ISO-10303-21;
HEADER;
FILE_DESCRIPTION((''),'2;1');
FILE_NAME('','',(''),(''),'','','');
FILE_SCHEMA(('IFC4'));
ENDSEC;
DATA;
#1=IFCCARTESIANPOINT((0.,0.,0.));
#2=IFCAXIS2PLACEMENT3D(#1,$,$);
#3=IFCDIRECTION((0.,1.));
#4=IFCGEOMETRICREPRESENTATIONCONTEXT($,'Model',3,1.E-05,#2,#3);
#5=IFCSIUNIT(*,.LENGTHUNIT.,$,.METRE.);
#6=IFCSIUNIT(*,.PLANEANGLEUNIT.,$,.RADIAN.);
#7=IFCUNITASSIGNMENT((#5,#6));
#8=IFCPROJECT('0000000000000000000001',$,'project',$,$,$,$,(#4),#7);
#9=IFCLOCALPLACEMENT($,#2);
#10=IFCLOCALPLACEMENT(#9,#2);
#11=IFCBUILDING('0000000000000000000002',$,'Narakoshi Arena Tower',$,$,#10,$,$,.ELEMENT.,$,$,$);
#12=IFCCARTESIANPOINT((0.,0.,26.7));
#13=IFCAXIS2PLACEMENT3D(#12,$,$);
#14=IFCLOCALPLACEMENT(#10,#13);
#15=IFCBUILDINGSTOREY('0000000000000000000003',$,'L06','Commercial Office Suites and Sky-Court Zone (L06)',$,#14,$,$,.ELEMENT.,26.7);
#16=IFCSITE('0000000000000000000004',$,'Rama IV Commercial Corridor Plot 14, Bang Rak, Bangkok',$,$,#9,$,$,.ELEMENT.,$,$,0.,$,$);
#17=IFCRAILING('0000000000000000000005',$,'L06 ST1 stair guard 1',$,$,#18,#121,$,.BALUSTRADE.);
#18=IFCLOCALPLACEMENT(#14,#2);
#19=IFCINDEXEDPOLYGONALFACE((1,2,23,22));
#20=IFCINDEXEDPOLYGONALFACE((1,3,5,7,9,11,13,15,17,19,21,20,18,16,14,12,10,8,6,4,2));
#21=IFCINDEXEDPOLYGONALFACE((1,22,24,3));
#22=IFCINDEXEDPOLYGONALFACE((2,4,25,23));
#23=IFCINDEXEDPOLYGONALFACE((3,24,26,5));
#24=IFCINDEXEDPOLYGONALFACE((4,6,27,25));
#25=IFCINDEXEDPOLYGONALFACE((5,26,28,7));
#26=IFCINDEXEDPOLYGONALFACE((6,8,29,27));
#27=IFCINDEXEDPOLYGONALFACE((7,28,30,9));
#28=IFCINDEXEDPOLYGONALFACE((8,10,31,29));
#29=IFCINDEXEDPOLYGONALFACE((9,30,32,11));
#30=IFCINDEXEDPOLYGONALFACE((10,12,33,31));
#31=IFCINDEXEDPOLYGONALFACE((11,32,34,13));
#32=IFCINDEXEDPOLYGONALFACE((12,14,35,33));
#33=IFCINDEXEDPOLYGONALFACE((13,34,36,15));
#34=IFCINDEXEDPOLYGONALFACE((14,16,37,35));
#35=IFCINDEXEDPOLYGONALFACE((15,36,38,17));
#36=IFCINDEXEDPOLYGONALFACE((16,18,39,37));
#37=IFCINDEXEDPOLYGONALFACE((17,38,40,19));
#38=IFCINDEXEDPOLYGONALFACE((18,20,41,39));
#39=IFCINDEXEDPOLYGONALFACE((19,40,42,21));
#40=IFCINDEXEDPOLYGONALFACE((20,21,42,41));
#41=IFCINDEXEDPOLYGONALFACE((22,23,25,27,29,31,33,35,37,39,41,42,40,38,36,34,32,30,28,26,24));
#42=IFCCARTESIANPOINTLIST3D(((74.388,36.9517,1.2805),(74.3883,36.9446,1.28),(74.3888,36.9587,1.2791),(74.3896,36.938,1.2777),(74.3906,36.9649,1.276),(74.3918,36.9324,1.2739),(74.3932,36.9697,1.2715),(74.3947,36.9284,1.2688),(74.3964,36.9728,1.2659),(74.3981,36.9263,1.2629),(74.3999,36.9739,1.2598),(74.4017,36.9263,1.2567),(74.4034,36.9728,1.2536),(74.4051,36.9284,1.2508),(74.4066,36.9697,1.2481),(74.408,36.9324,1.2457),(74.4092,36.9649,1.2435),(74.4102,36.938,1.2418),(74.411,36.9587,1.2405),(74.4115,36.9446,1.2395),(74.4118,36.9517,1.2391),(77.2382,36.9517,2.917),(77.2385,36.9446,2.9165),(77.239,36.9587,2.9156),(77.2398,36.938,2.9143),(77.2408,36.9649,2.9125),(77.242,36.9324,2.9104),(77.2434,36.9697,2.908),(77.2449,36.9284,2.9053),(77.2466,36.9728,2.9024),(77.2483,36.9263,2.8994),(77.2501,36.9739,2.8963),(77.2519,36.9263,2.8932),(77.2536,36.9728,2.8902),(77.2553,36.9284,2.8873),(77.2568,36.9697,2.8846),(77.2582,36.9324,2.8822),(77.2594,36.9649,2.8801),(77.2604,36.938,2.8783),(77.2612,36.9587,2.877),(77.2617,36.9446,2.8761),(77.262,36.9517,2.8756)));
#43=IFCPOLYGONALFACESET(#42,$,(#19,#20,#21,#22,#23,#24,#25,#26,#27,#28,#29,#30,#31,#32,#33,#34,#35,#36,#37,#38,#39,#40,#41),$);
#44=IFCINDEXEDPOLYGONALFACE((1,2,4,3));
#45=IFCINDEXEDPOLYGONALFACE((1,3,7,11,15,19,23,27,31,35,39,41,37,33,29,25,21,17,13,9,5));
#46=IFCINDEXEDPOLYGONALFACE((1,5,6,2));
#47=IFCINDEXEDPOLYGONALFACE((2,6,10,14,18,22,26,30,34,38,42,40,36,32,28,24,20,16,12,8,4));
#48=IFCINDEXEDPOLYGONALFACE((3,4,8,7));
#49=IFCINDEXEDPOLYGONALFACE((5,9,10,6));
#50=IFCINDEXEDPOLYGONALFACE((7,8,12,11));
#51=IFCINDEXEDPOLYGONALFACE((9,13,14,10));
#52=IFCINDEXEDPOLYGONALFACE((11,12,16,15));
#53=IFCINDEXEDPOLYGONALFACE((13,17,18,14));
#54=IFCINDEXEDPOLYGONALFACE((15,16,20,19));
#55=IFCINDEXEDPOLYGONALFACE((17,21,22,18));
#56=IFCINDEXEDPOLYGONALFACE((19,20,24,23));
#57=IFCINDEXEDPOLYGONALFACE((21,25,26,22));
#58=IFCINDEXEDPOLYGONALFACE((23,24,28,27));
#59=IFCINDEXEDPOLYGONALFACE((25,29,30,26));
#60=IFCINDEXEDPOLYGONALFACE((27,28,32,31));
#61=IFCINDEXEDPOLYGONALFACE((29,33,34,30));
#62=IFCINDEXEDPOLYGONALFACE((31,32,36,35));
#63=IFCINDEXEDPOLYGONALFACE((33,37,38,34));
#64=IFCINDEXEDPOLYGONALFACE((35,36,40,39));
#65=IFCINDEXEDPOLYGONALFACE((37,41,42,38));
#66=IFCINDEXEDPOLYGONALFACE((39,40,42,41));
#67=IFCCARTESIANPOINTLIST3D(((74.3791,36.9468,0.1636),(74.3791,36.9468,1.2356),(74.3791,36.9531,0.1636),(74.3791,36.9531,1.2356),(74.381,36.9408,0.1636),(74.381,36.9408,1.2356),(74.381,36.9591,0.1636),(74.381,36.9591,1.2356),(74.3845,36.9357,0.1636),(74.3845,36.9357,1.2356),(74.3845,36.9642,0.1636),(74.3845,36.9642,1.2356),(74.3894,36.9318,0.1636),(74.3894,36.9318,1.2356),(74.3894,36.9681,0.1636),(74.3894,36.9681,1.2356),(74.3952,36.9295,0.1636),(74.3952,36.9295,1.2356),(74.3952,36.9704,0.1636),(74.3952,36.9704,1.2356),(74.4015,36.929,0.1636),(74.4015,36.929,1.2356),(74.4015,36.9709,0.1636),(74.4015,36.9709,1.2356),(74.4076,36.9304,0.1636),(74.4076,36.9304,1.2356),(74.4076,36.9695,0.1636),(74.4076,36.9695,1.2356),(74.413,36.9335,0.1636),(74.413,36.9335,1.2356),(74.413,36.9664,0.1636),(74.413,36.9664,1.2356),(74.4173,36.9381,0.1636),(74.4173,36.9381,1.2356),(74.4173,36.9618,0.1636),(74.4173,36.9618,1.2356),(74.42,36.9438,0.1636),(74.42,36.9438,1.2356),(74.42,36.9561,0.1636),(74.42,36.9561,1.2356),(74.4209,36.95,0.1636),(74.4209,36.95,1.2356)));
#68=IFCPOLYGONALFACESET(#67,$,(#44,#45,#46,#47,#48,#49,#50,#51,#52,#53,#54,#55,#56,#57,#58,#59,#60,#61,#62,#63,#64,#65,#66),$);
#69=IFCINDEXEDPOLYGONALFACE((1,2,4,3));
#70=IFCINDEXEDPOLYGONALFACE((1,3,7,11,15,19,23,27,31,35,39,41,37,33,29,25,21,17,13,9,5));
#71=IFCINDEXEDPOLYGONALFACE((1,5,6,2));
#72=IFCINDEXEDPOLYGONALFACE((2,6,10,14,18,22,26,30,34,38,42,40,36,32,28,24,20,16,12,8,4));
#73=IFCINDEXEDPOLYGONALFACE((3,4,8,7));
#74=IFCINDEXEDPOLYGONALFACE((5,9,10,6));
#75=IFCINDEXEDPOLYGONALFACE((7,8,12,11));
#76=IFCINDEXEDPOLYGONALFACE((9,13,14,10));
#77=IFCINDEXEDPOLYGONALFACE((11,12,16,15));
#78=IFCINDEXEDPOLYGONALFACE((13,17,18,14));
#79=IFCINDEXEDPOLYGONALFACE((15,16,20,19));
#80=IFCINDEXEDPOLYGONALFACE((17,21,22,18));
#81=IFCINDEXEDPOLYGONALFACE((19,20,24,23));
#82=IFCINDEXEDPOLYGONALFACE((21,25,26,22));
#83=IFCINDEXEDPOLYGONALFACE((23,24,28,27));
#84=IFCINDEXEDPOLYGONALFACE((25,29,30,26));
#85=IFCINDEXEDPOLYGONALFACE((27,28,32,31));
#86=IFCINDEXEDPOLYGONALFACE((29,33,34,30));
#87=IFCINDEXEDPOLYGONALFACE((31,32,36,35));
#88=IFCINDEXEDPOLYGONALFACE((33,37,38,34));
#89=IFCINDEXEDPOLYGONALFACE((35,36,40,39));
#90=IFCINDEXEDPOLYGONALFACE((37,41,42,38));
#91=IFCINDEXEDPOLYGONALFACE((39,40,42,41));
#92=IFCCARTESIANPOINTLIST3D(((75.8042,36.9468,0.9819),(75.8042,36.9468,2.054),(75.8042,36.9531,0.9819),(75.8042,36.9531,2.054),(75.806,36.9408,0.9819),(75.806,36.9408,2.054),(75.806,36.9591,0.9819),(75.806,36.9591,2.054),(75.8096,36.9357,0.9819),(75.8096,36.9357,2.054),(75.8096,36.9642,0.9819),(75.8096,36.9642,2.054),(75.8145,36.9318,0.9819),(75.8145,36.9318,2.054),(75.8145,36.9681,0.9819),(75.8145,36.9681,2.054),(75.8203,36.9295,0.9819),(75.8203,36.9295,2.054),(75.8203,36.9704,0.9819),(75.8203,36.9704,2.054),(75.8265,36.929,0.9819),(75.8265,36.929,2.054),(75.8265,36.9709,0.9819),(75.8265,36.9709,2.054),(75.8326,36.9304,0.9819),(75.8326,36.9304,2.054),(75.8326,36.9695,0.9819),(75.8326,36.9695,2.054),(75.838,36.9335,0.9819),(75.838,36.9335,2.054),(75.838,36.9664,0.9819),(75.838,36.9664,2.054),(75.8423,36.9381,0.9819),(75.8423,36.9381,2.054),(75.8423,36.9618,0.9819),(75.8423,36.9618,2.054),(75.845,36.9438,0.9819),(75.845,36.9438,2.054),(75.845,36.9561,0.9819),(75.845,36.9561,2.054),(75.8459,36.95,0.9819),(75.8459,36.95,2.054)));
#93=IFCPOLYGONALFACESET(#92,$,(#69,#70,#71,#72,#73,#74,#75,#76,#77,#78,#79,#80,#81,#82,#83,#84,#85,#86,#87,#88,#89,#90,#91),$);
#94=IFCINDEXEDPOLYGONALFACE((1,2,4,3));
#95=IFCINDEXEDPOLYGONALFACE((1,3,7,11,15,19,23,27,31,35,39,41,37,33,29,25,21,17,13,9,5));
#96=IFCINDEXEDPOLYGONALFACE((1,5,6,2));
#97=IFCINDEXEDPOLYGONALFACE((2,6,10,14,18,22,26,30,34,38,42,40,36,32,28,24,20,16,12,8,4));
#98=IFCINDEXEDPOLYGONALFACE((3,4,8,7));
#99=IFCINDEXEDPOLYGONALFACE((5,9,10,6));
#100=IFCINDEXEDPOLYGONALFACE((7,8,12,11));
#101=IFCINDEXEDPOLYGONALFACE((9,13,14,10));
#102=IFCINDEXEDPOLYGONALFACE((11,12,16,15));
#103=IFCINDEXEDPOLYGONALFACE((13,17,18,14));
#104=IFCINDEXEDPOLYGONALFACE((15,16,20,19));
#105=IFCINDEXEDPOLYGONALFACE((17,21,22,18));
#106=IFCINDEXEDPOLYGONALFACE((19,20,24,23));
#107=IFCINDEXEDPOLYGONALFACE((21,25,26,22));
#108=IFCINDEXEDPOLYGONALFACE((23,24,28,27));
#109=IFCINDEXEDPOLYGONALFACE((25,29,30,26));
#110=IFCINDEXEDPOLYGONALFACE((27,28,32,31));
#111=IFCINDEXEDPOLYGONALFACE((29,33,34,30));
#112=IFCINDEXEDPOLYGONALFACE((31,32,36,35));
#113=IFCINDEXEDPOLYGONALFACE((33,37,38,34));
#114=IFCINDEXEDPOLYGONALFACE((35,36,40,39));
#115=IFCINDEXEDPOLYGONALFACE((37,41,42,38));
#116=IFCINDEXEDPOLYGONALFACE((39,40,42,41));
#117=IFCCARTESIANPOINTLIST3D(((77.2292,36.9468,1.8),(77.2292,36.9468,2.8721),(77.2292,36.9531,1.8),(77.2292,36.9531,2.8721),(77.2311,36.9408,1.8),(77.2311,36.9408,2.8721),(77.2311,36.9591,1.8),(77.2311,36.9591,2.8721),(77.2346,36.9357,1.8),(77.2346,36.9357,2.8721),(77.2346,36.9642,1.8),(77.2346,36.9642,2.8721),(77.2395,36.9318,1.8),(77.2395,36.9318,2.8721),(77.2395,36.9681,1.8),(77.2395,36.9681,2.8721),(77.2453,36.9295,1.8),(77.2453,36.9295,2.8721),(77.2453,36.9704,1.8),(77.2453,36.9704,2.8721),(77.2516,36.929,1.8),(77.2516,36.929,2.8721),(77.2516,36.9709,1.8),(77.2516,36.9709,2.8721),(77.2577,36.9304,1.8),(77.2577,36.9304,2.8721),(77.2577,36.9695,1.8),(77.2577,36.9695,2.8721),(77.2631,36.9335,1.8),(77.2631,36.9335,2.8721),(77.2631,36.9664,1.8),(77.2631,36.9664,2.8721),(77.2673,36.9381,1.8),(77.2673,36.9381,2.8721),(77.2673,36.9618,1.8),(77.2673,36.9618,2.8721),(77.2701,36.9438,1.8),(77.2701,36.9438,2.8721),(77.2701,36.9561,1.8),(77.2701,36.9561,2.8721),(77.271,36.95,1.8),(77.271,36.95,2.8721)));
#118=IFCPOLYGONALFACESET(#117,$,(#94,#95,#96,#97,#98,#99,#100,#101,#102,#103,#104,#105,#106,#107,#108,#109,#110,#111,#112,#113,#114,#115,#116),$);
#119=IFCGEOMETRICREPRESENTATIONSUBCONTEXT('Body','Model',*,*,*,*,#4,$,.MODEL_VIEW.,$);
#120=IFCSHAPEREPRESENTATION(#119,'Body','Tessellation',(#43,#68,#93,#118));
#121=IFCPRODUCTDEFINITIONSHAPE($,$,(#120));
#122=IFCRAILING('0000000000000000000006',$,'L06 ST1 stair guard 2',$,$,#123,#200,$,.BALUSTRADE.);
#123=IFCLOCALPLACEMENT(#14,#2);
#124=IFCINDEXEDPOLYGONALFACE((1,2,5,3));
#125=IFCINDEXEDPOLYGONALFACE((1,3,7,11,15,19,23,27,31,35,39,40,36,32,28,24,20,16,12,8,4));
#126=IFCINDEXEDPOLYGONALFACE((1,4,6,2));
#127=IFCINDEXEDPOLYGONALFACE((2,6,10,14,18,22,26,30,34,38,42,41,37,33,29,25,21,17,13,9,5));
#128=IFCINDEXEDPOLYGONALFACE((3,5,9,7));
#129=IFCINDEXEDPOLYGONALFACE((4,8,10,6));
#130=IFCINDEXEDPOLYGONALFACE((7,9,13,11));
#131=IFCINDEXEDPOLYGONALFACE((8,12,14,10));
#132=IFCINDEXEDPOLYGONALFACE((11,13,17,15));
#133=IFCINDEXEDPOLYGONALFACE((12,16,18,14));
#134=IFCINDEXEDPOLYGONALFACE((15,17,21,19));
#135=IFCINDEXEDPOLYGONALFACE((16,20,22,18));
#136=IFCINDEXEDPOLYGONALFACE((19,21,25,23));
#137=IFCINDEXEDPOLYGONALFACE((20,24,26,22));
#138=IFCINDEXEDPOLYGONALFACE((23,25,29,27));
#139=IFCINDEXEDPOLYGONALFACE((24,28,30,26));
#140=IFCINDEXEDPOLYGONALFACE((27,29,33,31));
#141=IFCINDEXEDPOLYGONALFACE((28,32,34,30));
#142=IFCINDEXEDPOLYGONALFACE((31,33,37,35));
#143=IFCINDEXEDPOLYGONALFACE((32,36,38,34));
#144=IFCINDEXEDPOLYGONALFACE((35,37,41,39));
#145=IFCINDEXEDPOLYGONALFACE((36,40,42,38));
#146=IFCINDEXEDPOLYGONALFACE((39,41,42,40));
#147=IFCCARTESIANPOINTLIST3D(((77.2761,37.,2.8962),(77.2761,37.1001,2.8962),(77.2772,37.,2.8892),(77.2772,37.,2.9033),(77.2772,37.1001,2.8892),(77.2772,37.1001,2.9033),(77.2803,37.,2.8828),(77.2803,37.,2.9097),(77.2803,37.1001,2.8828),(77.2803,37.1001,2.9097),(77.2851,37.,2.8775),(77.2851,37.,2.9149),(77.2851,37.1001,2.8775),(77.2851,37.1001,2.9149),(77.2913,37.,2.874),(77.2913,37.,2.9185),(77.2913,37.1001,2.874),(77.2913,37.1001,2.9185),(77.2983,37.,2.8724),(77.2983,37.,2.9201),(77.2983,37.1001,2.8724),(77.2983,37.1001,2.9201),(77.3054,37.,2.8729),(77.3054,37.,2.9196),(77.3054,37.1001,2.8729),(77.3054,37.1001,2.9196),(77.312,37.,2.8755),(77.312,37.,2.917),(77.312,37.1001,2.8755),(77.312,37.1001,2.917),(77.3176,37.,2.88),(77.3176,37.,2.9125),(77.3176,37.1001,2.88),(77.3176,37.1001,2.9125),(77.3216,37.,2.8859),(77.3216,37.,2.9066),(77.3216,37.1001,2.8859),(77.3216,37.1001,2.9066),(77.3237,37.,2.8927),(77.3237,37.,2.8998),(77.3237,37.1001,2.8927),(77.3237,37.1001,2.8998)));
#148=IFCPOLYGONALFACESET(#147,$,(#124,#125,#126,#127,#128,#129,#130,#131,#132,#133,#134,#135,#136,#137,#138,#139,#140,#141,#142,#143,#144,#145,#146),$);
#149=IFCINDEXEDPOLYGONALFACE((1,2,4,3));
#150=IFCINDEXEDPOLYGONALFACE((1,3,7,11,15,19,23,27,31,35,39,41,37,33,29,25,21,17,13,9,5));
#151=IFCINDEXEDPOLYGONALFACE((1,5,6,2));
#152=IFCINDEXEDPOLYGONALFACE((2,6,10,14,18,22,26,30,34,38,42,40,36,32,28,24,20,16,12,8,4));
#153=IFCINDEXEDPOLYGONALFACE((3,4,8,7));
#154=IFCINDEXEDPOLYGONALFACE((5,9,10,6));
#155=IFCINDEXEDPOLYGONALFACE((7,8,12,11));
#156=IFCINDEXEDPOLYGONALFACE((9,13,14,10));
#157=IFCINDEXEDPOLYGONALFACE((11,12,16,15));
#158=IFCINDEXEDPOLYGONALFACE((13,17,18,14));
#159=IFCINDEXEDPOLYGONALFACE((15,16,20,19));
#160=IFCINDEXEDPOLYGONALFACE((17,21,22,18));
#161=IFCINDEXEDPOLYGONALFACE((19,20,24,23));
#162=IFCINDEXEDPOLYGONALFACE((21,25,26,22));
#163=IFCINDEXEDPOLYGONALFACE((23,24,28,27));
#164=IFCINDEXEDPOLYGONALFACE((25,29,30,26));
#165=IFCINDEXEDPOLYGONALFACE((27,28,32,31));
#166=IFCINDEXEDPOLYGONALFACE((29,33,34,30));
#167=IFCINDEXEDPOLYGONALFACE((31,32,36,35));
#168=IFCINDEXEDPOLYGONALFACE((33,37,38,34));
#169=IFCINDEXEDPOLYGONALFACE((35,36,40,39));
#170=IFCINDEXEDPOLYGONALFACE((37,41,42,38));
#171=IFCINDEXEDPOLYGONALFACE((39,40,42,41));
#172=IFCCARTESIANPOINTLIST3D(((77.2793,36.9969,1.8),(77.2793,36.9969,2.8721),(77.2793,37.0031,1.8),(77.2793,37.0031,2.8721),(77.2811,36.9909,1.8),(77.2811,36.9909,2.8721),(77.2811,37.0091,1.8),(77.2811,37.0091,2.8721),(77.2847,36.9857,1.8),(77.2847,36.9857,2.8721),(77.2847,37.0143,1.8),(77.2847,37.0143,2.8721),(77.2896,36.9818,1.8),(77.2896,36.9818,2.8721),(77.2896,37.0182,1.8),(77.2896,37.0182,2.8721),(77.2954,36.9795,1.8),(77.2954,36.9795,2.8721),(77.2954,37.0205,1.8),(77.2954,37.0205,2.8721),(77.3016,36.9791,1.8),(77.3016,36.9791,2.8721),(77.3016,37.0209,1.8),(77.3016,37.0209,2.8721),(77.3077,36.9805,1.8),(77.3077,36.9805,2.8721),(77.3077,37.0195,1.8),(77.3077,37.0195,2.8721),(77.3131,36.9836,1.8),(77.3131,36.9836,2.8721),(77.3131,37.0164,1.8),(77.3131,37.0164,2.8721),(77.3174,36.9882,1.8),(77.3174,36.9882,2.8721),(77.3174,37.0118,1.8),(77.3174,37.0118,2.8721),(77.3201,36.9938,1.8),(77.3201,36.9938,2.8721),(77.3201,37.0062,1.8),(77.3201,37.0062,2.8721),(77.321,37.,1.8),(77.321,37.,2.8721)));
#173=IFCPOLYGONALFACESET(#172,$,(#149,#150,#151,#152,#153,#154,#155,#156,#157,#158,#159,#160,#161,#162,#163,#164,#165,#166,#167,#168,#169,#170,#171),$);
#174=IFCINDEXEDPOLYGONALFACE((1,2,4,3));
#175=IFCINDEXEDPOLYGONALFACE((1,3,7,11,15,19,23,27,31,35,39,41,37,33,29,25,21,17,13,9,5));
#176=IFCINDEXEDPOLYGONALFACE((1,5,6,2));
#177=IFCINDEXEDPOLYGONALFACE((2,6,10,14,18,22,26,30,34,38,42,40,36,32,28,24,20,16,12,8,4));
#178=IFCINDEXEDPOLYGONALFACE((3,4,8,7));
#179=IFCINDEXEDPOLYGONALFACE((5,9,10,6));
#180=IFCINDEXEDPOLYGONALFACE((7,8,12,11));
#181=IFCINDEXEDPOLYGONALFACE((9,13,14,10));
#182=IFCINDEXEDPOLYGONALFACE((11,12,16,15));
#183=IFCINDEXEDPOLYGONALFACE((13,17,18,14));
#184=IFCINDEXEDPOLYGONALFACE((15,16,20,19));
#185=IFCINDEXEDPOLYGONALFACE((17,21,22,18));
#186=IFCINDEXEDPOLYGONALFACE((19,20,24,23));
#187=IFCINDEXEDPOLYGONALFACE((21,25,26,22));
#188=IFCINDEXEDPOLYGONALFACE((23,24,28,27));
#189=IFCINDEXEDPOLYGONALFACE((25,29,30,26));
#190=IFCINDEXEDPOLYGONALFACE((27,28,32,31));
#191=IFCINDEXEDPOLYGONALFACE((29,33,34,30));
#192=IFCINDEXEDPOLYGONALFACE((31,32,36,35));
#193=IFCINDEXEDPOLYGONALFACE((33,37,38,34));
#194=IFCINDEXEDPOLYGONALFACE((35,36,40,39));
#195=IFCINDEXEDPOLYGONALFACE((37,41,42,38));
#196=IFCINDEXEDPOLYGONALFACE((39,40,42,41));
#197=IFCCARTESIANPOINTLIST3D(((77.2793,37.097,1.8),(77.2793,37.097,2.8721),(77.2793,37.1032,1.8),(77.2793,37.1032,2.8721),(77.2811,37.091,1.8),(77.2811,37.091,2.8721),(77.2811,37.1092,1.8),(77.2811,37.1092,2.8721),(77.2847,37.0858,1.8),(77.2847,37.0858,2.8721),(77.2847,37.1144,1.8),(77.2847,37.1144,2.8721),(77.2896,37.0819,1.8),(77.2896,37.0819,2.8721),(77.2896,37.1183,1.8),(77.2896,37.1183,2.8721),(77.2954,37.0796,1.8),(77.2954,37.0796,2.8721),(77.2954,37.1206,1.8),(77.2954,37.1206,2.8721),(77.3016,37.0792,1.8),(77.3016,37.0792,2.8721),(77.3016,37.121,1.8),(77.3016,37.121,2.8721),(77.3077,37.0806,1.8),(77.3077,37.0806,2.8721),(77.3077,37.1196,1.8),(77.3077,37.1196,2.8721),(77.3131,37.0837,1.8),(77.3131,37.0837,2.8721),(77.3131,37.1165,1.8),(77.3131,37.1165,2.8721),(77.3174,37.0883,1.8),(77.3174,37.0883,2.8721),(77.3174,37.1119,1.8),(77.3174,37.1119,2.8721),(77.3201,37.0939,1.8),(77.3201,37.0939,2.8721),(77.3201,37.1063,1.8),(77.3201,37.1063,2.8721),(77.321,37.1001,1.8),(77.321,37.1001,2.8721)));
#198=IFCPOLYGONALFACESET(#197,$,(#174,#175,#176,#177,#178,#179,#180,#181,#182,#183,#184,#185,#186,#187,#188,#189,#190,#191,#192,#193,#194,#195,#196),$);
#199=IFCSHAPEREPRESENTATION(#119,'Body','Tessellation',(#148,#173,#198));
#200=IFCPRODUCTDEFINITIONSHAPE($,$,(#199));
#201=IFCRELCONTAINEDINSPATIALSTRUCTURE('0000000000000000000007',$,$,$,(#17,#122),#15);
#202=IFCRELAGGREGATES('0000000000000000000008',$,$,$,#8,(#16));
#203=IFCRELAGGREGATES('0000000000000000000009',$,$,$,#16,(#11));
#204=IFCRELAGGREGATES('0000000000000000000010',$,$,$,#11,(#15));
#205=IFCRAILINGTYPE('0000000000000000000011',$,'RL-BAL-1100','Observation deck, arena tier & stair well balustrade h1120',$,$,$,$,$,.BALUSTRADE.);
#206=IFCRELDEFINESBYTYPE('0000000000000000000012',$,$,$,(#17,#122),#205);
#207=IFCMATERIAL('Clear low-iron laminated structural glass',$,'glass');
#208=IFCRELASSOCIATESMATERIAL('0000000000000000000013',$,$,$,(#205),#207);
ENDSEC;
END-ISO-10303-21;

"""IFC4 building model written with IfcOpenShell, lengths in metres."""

from ifc_helpers import new_model, si_unit, direction, frame, origin, origin_2d, place, context, subcontext, project, spatial, circle, extrude, material, type_object, element, save


model = new_model("IFC4")

# Units and contexts
model_context = context("Model", 3, precision=1e-05, world=origin(), true_north=direction((0.0, 1.0)))
body_context = subcontext(model_context, "Body", "Model", "MODEL_VIEW")
ifc_project = project(units=[si_unit("LENGTHUNIT", "METRE"), si_unit("PLANEANGLEUNIT", "RADIAN")], contexts=[model_context])

# Site, building, storey
site_placement = place(None, origin())
site = spatial("IfcSite", under=ifc_project, at=site_placement, Name="Rama IV Commercial Corridor Plot 14, Bang Rak, Bangkok", CompositionType="ELEMENT", RefElevation=0.0)
building_placement = place(site_placement, origin())
building = spatial("IfcBuilding", under=site, at=building_placement, Name="Narakoshi Arena Tower", CompositionType="ELEMENT")
storey_placement = place(building_placement, frame((0.0, 0.0, 26.7)))
storey = spatial("IfcBuildingStorey", under=building, at=storey_placement, Name="L06", Description="Commercial Office Suites and Sky-Court Zone (L06)", CompositionType="ELEMENT", Elevation=26.7)

# Railings
ifc_material_1 = material(Name="Clear low-iron laminated structural glass", Category="glass")
railing_type_1 = type_object("IfcRailingType", Name="RL-BAL-1100", Description="Observation deck, arena tier & stair well balustrade h1120", PredefinedType="BALUSTRADE", material=ifc_material_1)
railing_1_placement = place(storey_placement, frame((74.3999, 36.95, 0.1636)))
element("IfcRailing", 1, at=railing_1_placement, inside=storey, type_object=railing_type_1, Name="L06 ST1 stair guard 1", PredefinedType="BALUSTRADE", context=body_context, shape_type="SweptSolid", body=[
    extrude(circle(Radius=0.0239, at=origin_2d()), frame((0.0, 0.0, 1.0962), z_axis=(0.867213, 0.0, 0.497938), x_axis=(0.0, 1.0, 0.0)), (0.0, 0.0, 1.0), 3.2866),
    extrude(circle(Radius=0.021, at=origin_2d()), origin(), (0.0, 0.0, 1.0), 1.072),
    extrude(circle(Radius=0.021, at=origin_2d()), frame((1.425, 0.0, 0.8184)), (0.0, 0.0, 1.0), 1.072),
    extrude(circle(Radius=0.021, at=origin_2d()), frame((2.8501, 0.0, 1.6365)), (0.0, 0.0, 1.0), 1.072),
])
railing_2_placement = place(storey_placement, frame((77.3, 37.0, 1.8)))
element("IfcRailing", 2, at=railing_2_placement, inside=storey, type_object=railing_type_1, Name="L06 ST1 stair guard 2", PredefinedType="BALUSTRADE", context=body_context, shape_type="SweptSolid", body=[
    extrude(circle(Radius=0.0239, at=origin_2d()), frame((0.0, 0.0, 1.0962), z_axis=(0.0, 1.0, 0.0), x_axis=(-1.0, 0.0, 0.0)), (0.0, 0.0, 1.0), 0.1001),
    extrude(circle(Radius=0.021, at=origin_2d()), origin(), (0.0, 0.0, 1.0), 1.072),
    extrude(circle(Radius=0.021, at=origin_2d()), frame((0.0, 0.1001, 0.0)), (0.0, 0.0, 1.0), 1.072),
])

save(model, "model.ifc")
